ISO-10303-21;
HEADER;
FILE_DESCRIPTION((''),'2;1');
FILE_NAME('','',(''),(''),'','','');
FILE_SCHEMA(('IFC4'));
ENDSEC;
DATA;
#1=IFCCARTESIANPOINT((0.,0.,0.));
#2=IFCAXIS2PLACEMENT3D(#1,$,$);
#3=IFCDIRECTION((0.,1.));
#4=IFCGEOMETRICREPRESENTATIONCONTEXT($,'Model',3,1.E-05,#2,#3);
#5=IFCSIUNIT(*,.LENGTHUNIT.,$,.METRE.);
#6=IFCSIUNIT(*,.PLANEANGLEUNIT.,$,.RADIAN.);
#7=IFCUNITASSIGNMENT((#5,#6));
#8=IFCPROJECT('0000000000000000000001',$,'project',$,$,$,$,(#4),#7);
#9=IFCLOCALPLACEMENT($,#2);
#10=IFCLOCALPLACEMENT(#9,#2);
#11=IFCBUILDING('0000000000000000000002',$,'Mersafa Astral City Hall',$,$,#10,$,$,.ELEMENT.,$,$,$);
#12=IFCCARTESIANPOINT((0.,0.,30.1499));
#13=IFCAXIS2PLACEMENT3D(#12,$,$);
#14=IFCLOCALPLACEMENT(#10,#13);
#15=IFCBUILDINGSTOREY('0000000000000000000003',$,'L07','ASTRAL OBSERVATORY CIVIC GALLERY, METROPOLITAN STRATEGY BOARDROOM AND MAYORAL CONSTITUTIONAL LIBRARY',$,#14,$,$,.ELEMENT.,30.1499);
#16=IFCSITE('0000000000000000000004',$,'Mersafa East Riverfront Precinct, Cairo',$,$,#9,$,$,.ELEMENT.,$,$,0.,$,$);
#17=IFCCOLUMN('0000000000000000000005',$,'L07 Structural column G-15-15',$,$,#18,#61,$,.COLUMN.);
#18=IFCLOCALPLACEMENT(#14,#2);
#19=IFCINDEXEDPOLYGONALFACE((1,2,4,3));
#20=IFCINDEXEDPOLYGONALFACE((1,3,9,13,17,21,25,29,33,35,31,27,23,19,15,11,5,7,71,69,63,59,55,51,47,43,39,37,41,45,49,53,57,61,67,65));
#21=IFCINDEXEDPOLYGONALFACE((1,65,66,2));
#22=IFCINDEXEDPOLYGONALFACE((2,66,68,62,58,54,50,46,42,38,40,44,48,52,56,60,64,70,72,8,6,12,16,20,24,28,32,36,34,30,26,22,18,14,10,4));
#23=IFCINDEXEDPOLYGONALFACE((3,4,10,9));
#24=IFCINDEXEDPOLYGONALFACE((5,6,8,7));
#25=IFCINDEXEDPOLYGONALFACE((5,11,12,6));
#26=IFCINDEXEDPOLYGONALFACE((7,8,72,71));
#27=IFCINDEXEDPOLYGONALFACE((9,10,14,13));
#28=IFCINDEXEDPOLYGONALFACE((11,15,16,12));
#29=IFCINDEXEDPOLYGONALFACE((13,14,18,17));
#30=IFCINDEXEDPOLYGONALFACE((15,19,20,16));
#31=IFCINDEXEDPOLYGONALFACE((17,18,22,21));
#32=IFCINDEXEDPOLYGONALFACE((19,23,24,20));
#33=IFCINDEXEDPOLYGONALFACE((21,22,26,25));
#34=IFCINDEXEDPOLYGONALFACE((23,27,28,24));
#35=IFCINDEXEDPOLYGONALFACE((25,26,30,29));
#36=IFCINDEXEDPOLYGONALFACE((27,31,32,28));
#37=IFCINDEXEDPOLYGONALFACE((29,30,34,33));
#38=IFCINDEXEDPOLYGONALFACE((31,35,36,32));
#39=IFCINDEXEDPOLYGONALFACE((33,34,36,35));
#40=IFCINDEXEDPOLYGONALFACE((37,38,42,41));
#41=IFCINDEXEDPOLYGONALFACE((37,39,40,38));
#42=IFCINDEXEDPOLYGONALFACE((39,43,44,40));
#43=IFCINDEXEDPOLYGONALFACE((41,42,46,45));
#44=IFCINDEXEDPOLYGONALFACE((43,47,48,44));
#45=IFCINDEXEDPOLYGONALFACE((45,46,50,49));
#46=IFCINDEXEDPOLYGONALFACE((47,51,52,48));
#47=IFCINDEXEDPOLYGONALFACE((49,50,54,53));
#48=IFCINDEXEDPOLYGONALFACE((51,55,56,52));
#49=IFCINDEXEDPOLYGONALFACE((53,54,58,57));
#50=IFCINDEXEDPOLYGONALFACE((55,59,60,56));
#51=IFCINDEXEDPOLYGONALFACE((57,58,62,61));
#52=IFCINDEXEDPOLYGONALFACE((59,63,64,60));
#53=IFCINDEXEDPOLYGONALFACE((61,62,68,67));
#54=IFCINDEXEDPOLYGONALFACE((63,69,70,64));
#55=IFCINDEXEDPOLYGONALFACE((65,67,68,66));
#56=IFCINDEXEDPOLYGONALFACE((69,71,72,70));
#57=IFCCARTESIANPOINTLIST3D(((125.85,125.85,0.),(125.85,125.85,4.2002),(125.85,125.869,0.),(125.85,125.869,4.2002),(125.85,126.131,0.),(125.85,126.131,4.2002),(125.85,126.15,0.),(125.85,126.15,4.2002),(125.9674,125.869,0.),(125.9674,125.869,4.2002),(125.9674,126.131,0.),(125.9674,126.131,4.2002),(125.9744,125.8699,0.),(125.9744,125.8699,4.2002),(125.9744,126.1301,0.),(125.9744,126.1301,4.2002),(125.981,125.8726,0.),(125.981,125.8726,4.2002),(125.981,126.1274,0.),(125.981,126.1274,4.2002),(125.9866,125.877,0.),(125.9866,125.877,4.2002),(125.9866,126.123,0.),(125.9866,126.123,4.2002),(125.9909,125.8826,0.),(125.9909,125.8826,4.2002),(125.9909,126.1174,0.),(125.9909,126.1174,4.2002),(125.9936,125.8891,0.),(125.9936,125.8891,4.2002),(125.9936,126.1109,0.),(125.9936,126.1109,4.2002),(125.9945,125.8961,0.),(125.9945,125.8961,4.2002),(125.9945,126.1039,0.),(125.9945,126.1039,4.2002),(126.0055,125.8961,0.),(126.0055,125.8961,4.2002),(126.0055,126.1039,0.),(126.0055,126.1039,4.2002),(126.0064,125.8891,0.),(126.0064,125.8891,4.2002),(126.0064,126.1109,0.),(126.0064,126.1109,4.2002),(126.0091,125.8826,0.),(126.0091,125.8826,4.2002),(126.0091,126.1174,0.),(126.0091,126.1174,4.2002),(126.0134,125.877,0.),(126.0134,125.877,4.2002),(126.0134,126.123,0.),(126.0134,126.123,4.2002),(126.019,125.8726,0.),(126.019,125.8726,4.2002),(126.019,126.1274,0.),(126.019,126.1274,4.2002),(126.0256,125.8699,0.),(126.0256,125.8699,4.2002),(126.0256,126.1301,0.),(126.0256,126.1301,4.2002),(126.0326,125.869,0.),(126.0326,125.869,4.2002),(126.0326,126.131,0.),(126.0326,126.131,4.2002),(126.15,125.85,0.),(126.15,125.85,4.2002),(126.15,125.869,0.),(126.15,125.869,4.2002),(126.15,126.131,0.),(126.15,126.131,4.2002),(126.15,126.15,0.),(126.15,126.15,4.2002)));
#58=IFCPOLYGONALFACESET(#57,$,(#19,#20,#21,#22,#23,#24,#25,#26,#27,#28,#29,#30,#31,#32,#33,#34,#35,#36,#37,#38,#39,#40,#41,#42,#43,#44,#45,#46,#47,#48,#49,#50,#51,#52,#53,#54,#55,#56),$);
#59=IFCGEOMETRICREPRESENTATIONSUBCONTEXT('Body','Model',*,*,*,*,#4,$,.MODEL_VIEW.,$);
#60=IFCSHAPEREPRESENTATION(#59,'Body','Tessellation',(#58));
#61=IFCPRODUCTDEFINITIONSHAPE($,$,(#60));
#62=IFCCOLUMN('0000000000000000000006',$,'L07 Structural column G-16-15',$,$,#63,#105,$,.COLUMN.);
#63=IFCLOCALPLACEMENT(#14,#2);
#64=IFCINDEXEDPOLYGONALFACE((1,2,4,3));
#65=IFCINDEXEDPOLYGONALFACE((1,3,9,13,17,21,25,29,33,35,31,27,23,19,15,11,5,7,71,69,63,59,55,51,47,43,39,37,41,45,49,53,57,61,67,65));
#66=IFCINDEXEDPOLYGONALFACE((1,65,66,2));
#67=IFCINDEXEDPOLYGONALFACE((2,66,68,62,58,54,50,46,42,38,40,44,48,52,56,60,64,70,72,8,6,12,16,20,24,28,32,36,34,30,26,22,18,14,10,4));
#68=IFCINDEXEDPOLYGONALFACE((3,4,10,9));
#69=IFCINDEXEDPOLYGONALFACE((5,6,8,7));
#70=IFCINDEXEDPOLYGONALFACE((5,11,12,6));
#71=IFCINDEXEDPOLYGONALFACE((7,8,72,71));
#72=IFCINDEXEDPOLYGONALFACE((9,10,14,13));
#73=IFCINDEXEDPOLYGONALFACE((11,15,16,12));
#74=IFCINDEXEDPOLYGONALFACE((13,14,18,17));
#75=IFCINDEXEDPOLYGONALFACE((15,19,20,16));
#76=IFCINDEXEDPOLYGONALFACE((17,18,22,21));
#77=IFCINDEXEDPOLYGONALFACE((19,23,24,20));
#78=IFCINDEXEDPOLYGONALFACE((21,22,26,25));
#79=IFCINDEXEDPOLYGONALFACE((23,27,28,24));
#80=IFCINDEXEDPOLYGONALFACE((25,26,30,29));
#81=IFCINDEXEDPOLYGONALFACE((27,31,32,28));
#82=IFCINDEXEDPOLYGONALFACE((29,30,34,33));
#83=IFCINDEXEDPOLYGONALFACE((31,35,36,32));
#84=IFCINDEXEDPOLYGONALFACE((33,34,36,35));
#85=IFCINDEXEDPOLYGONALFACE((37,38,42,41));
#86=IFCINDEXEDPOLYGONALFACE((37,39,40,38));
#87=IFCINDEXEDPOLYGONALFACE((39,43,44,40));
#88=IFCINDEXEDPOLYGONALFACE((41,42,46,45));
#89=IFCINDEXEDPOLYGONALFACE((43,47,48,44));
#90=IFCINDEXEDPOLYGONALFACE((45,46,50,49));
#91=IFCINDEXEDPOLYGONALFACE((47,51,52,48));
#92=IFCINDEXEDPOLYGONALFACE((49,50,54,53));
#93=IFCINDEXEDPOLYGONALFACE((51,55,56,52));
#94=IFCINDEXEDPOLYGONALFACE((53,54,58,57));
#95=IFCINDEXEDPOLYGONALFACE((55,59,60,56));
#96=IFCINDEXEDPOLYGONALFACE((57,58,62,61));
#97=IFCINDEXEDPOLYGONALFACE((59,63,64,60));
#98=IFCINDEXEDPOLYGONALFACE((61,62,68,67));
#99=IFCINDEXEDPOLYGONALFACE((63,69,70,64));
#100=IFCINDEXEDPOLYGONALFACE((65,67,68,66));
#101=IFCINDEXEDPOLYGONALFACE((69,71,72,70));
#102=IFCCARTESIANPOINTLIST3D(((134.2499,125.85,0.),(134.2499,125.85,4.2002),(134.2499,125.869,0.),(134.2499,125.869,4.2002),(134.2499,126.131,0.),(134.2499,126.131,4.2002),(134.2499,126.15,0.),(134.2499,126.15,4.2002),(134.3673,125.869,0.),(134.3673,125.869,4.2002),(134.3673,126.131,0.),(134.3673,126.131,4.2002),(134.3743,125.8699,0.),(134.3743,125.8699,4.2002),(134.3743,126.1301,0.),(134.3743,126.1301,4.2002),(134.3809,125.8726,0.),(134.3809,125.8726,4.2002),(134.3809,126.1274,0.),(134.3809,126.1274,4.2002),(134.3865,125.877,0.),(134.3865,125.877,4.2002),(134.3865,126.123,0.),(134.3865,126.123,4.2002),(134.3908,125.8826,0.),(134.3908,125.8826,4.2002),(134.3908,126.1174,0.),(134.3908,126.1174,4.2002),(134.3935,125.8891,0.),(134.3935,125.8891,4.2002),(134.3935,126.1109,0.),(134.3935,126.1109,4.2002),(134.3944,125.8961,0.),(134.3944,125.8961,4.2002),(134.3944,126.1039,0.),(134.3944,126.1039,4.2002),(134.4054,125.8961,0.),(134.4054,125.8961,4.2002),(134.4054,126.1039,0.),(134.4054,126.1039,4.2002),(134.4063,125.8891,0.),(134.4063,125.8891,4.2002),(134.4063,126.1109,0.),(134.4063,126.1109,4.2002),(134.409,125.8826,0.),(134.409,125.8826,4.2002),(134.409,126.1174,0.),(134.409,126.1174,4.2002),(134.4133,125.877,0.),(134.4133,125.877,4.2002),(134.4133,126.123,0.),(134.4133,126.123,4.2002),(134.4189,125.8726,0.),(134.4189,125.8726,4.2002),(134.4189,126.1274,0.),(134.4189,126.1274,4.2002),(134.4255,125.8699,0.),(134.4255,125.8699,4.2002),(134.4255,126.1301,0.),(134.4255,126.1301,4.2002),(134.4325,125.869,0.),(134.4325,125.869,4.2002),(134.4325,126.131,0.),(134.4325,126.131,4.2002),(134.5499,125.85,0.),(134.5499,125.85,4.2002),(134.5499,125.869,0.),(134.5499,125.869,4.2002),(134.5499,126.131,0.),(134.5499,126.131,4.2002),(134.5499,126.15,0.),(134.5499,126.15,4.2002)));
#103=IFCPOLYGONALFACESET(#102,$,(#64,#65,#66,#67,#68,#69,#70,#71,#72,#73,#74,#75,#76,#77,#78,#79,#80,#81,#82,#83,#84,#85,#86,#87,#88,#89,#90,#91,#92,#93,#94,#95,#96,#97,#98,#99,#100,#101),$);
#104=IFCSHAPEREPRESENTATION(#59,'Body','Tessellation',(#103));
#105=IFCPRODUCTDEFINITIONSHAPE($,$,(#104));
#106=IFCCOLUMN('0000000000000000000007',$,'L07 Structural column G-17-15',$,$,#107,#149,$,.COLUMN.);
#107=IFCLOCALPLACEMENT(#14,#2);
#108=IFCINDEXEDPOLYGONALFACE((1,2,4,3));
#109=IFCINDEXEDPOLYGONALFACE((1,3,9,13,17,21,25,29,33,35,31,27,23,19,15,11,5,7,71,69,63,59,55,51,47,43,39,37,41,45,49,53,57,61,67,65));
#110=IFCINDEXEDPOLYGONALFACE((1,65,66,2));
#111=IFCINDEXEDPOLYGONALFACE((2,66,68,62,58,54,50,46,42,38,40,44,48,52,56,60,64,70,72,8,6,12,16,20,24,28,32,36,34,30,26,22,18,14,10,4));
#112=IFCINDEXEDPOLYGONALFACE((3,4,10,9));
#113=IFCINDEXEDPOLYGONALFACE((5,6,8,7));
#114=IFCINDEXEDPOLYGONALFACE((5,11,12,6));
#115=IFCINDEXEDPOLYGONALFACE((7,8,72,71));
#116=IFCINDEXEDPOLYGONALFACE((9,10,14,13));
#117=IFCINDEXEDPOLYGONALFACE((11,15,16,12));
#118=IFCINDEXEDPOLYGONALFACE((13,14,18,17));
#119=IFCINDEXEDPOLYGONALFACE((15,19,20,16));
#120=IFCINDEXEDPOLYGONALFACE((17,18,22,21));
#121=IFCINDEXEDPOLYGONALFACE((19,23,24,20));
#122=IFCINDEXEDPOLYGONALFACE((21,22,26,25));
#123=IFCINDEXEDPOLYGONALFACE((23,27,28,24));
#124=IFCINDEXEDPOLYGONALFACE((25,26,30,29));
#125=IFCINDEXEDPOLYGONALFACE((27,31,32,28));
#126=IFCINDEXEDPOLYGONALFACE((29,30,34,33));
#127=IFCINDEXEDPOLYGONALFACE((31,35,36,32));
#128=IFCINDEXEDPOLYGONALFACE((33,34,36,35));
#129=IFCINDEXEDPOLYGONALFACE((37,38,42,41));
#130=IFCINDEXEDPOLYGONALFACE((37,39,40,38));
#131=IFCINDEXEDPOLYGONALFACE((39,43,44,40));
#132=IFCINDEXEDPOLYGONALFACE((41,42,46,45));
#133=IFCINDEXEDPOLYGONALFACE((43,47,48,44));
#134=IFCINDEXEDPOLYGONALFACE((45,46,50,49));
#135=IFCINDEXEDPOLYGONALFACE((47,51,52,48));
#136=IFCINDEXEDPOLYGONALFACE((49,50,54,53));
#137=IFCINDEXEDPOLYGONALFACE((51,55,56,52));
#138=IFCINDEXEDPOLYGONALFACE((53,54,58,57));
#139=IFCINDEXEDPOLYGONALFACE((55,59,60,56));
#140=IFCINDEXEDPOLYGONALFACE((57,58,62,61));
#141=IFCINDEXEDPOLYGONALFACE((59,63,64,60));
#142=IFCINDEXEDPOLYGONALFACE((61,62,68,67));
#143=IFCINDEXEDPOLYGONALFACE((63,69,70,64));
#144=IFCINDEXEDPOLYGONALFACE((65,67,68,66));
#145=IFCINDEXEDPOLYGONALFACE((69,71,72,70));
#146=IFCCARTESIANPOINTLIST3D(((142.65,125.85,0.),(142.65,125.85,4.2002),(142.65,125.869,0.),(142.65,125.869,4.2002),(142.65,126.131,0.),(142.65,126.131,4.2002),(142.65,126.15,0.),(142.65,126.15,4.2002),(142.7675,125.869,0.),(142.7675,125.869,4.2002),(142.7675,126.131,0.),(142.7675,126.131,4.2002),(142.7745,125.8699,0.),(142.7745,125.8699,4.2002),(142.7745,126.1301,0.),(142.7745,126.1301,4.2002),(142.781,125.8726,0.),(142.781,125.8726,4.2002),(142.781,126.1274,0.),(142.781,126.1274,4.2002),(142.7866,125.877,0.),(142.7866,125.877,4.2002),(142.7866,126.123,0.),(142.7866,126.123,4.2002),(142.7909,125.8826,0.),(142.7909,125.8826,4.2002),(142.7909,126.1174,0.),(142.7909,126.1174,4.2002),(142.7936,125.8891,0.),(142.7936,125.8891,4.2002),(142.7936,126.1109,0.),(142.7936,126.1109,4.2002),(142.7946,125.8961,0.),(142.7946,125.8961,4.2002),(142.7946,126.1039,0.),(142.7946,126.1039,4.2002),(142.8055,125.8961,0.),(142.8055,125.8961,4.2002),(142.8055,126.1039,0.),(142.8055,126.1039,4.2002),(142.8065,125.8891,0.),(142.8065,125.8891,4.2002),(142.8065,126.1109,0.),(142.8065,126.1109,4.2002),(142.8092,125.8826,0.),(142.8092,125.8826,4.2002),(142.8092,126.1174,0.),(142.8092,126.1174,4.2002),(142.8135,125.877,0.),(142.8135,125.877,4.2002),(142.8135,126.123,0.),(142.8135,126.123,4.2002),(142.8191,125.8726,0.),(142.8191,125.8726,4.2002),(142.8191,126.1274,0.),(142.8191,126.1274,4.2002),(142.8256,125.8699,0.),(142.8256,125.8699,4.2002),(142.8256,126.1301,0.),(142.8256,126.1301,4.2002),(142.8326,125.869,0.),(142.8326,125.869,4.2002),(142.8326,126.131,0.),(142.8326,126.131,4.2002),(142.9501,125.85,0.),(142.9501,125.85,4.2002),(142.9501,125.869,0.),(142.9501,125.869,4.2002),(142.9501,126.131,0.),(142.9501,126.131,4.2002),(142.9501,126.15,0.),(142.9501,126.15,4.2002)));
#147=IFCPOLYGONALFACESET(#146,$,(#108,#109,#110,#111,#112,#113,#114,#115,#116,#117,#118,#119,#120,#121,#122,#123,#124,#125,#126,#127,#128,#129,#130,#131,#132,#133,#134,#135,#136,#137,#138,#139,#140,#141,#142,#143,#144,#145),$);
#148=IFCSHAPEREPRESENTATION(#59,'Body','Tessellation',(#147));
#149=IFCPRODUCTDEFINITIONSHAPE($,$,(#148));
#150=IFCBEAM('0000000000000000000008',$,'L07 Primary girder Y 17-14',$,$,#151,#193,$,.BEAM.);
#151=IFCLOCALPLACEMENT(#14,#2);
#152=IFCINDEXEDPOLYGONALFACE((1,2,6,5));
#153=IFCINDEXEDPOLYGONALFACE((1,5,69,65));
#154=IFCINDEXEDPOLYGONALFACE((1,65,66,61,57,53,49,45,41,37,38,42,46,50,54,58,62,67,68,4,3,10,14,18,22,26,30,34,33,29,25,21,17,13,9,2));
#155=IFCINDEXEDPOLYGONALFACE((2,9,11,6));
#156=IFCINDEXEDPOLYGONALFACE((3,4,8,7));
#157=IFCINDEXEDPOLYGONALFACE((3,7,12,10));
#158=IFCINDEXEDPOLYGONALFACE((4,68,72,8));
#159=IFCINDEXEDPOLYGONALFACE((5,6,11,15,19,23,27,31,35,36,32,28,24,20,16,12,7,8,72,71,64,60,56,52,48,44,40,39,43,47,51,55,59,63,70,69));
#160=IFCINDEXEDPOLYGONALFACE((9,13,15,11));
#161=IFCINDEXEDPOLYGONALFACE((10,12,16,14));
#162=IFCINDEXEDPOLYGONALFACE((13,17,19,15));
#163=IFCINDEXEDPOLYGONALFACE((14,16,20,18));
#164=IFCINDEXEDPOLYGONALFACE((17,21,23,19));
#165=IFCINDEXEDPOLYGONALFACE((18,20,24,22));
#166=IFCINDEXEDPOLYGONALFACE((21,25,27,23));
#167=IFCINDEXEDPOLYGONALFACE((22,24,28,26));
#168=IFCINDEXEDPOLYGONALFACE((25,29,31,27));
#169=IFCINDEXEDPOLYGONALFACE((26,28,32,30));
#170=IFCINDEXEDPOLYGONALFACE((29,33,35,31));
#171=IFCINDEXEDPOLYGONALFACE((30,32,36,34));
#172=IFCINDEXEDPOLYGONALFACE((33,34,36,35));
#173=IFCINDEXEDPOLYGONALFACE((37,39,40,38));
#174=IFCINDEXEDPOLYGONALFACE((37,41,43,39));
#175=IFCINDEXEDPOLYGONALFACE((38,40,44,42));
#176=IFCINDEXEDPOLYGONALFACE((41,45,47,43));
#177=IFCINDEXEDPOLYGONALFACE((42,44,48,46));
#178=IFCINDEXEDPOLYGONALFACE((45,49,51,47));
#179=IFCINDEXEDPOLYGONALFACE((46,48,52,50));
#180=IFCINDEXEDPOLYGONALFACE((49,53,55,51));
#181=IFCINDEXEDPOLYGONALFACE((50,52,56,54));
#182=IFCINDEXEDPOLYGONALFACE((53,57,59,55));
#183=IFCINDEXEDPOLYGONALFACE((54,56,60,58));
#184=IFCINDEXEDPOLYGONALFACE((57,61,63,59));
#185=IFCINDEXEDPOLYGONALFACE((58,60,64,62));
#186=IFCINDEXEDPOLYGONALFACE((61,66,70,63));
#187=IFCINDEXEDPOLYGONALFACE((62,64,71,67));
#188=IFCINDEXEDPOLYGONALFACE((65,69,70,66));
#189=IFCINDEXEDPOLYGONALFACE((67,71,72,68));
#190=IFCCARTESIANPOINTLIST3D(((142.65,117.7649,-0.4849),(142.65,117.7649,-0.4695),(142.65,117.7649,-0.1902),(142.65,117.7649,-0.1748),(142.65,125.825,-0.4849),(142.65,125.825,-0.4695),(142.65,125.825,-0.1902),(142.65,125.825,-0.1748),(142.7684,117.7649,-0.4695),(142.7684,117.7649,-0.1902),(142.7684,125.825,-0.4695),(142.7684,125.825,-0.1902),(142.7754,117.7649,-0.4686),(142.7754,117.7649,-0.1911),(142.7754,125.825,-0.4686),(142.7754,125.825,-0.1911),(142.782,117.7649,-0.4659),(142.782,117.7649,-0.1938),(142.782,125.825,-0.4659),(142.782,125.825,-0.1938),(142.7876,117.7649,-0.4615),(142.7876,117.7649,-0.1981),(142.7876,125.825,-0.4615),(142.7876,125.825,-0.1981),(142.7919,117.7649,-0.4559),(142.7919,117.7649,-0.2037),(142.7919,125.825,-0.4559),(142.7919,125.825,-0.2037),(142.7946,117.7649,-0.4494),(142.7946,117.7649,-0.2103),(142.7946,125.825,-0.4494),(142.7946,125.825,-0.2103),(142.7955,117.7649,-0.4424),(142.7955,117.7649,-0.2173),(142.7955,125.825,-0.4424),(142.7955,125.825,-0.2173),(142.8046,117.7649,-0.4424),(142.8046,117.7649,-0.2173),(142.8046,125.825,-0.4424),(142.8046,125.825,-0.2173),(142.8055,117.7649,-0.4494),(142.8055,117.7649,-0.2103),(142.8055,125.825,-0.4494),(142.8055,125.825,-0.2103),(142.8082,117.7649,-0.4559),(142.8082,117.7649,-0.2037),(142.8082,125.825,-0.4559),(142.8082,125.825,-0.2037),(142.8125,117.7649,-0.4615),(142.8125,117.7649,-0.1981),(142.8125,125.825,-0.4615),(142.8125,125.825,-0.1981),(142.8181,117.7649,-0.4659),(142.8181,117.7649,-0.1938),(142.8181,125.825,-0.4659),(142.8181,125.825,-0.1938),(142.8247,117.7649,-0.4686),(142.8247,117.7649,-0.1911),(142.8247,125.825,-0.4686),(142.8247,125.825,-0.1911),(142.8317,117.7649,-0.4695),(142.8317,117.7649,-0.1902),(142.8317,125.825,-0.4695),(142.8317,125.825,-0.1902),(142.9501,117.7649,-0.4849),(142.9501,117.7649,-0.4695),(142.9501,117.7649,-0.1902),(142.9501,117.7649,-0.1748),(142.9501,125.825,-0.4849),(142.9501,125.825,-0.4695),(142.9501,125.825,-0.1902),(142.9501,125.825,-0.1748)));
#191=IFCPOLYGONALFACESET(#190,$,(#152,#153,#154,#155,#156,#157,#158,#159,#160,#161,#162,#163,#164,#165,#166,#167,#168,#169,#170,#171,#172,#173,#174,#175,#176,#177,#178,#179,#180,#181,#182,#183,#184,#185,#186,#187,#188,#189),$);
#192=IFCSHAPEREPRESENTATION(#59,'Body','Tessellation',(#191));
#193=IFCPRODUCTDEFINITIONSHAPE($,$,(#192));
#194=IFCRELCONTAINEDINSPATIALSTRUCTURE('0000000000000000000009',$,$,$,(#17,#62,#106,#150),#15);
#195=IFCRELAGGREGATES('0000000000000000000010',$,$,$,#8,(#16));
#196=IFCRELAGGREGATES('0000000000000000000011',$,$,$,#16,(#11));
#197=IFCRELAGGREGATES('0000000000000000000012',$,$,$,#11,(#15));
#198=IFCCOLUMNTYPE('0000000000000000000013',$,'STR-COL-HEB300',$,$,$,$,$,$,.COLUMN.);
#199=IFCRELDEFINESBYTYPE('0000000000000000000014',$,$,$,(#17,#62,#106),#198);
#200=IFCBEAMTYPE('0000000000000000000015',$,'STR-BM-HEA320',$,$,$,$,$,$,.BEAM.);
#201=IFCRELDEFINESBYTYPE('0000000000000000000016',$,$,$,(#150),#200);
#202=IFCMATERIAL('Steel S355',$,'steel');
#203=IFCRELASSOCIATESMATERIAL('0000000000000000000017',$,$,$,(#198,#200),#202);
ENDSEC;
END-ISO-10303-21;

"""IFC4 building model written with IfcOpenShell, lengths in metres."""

from ifc_helpers import new_model, si_unit, direction, frame, origin, origin_2d, place, context, subcontext, project, spatial, i_section, extrude, material, material_profile, profile_set, type_object, element, save


model = new_model("IFC4")

# Units and contexts
model_context = context("Model", 3, precision=1e-05, world=origin(), true_north=direction((0.0, 1.0)))
body_context = subcontext(model_context, "Body", "Model", "MODEL_VIEW")
ifc_project = project(units=[si_unit("LENGTHUNIT", "METRE"), si_unit("PLANEANGLEUNIT", "RADIAN")], contexts=[model_context])

# Site, building, storey
site_placement = place(None, origin())
site = spatial("IfcSite", under=ifc_project, at=site_placement, Name="Mersafa East Riverfront Precinct, Cairo", CompositionType="ELEMENT", RefElevation=0.0)
building_placement = place(site_placement, origin())
building = spatial("IfcBuilding", under=site, at=building_placement, Name="Mersafa Astral City Hall", CompositionType="ELEMENT")
storey_placement = place(building_placement, frame((0.0, 0.0, 30.1499)))
storey = spatial("IfcBuildingStorey", under=building, at=storey_placement, Name="L07", Description="ASTRAL OBSERVATORY CIVIC GALLERY, METROPOLITAN STRATEGY BOARDROOM AND MAYORAL CONSTITUTIONAL LIBRARY", CompositionType="ELEMENT", Elevation=30.1499)

# Columns
ifc_material_1 = material(Name="Steel S355", Category="steel")
ifc_material_profile_1 = material_profile(ifc_material_1, i_section(OverallWidth=0.3, OverallDepth=0.3, WebThickness=0.011, FlangeThickness=0.019, FilletRadius=0.0271, at=origin_2d()), Name="HEB 300")
ifc_profile_set_1 = profile_set([ifc_material_profile_1], Name="Steel S355")
column_type = type_object("IfcColumnType", Name="STR-COL-HEB300", PredefinedType="COLUMN", material=ifc_profile_set_1)
for number, where, z_axis, x_axis, name in (
    (1, (126.0, 126.0, 0.0), (0.0, 0.0, 1.0), (1.0, 0.0, 0.0), "L07 Structural column G-15-15"),
    (2, (134.3999, 126.0, 0.0), (0.0, 0.0, 1.0), (1.0, 0.0, 0.0), "L07 Structural column G-16-15"),
    (3, (142.8, 126.0, 0.0), (0.0, 0.0, 1.0), (1.0, 0.0, 0.0), "L07 Structural column G-17-15"),
):
    element("IfcColumn", number, at=place(storey_placement, frame(where, z_axis=z_axis, x_axis=x_axis)), inside=storey, type_object=column_type, Name=name, PredefinedType="COLUMN", context=body_context, shape_type="SweptSolid", body=[
        extrude(i_section(OverallWidth=0.3, OverallDepth=0.3, WebThickness=0.011, FlangeThickness=0.019, FilletRadius=0.0271, at=origin_2d()), origin(), (0.0, 0.0, 1.0), 4.2002),
    ])

# Beam
ifc_material_profile_2 = material_profile(ifc_material_1, i_section(OverallWidth=0.3, OverallDepth=0.3101, WebThickness=0.009, FlangeThickness=0.0154, FilletRadius=0.0271, at=origin_2d()), Name="HEA 320")
ifc_profile_set_2 = profile_set([ifc_material_profile_2], Name="Steel S355")
beam_type_1 = type_object("IfcBeamType", Name="STR-BM-HEA320", PredefinedType="BEAM", material=ifc_profile_set_2)
beam_1_placement = place(storey_placement, frame((142.8, 117.7649, -0.3298), z_axis=(0.0, 1.0, 0.0), x_axis=(-1.0, 0.0, 0.0)))
element("IfcBeam", 4, at=beam_1_placement, inside=storey, type_object=beam_type_1, Name="L07 Primary girder Y 17-14", PredefinedType="BEAM", context=body_context, shape_type="SweptSolid", body=[
    extrude(i_section(OverallWidth=0.3, OverallDepth=0.3101, WebThickness=0.009, FlangeThickness=0.0154, FilletRadius=0.0271, at=origin_2d()), origin(), (0.0, 0.0, 1.0), 8.0601),
])

save(model, "model.ifc")
